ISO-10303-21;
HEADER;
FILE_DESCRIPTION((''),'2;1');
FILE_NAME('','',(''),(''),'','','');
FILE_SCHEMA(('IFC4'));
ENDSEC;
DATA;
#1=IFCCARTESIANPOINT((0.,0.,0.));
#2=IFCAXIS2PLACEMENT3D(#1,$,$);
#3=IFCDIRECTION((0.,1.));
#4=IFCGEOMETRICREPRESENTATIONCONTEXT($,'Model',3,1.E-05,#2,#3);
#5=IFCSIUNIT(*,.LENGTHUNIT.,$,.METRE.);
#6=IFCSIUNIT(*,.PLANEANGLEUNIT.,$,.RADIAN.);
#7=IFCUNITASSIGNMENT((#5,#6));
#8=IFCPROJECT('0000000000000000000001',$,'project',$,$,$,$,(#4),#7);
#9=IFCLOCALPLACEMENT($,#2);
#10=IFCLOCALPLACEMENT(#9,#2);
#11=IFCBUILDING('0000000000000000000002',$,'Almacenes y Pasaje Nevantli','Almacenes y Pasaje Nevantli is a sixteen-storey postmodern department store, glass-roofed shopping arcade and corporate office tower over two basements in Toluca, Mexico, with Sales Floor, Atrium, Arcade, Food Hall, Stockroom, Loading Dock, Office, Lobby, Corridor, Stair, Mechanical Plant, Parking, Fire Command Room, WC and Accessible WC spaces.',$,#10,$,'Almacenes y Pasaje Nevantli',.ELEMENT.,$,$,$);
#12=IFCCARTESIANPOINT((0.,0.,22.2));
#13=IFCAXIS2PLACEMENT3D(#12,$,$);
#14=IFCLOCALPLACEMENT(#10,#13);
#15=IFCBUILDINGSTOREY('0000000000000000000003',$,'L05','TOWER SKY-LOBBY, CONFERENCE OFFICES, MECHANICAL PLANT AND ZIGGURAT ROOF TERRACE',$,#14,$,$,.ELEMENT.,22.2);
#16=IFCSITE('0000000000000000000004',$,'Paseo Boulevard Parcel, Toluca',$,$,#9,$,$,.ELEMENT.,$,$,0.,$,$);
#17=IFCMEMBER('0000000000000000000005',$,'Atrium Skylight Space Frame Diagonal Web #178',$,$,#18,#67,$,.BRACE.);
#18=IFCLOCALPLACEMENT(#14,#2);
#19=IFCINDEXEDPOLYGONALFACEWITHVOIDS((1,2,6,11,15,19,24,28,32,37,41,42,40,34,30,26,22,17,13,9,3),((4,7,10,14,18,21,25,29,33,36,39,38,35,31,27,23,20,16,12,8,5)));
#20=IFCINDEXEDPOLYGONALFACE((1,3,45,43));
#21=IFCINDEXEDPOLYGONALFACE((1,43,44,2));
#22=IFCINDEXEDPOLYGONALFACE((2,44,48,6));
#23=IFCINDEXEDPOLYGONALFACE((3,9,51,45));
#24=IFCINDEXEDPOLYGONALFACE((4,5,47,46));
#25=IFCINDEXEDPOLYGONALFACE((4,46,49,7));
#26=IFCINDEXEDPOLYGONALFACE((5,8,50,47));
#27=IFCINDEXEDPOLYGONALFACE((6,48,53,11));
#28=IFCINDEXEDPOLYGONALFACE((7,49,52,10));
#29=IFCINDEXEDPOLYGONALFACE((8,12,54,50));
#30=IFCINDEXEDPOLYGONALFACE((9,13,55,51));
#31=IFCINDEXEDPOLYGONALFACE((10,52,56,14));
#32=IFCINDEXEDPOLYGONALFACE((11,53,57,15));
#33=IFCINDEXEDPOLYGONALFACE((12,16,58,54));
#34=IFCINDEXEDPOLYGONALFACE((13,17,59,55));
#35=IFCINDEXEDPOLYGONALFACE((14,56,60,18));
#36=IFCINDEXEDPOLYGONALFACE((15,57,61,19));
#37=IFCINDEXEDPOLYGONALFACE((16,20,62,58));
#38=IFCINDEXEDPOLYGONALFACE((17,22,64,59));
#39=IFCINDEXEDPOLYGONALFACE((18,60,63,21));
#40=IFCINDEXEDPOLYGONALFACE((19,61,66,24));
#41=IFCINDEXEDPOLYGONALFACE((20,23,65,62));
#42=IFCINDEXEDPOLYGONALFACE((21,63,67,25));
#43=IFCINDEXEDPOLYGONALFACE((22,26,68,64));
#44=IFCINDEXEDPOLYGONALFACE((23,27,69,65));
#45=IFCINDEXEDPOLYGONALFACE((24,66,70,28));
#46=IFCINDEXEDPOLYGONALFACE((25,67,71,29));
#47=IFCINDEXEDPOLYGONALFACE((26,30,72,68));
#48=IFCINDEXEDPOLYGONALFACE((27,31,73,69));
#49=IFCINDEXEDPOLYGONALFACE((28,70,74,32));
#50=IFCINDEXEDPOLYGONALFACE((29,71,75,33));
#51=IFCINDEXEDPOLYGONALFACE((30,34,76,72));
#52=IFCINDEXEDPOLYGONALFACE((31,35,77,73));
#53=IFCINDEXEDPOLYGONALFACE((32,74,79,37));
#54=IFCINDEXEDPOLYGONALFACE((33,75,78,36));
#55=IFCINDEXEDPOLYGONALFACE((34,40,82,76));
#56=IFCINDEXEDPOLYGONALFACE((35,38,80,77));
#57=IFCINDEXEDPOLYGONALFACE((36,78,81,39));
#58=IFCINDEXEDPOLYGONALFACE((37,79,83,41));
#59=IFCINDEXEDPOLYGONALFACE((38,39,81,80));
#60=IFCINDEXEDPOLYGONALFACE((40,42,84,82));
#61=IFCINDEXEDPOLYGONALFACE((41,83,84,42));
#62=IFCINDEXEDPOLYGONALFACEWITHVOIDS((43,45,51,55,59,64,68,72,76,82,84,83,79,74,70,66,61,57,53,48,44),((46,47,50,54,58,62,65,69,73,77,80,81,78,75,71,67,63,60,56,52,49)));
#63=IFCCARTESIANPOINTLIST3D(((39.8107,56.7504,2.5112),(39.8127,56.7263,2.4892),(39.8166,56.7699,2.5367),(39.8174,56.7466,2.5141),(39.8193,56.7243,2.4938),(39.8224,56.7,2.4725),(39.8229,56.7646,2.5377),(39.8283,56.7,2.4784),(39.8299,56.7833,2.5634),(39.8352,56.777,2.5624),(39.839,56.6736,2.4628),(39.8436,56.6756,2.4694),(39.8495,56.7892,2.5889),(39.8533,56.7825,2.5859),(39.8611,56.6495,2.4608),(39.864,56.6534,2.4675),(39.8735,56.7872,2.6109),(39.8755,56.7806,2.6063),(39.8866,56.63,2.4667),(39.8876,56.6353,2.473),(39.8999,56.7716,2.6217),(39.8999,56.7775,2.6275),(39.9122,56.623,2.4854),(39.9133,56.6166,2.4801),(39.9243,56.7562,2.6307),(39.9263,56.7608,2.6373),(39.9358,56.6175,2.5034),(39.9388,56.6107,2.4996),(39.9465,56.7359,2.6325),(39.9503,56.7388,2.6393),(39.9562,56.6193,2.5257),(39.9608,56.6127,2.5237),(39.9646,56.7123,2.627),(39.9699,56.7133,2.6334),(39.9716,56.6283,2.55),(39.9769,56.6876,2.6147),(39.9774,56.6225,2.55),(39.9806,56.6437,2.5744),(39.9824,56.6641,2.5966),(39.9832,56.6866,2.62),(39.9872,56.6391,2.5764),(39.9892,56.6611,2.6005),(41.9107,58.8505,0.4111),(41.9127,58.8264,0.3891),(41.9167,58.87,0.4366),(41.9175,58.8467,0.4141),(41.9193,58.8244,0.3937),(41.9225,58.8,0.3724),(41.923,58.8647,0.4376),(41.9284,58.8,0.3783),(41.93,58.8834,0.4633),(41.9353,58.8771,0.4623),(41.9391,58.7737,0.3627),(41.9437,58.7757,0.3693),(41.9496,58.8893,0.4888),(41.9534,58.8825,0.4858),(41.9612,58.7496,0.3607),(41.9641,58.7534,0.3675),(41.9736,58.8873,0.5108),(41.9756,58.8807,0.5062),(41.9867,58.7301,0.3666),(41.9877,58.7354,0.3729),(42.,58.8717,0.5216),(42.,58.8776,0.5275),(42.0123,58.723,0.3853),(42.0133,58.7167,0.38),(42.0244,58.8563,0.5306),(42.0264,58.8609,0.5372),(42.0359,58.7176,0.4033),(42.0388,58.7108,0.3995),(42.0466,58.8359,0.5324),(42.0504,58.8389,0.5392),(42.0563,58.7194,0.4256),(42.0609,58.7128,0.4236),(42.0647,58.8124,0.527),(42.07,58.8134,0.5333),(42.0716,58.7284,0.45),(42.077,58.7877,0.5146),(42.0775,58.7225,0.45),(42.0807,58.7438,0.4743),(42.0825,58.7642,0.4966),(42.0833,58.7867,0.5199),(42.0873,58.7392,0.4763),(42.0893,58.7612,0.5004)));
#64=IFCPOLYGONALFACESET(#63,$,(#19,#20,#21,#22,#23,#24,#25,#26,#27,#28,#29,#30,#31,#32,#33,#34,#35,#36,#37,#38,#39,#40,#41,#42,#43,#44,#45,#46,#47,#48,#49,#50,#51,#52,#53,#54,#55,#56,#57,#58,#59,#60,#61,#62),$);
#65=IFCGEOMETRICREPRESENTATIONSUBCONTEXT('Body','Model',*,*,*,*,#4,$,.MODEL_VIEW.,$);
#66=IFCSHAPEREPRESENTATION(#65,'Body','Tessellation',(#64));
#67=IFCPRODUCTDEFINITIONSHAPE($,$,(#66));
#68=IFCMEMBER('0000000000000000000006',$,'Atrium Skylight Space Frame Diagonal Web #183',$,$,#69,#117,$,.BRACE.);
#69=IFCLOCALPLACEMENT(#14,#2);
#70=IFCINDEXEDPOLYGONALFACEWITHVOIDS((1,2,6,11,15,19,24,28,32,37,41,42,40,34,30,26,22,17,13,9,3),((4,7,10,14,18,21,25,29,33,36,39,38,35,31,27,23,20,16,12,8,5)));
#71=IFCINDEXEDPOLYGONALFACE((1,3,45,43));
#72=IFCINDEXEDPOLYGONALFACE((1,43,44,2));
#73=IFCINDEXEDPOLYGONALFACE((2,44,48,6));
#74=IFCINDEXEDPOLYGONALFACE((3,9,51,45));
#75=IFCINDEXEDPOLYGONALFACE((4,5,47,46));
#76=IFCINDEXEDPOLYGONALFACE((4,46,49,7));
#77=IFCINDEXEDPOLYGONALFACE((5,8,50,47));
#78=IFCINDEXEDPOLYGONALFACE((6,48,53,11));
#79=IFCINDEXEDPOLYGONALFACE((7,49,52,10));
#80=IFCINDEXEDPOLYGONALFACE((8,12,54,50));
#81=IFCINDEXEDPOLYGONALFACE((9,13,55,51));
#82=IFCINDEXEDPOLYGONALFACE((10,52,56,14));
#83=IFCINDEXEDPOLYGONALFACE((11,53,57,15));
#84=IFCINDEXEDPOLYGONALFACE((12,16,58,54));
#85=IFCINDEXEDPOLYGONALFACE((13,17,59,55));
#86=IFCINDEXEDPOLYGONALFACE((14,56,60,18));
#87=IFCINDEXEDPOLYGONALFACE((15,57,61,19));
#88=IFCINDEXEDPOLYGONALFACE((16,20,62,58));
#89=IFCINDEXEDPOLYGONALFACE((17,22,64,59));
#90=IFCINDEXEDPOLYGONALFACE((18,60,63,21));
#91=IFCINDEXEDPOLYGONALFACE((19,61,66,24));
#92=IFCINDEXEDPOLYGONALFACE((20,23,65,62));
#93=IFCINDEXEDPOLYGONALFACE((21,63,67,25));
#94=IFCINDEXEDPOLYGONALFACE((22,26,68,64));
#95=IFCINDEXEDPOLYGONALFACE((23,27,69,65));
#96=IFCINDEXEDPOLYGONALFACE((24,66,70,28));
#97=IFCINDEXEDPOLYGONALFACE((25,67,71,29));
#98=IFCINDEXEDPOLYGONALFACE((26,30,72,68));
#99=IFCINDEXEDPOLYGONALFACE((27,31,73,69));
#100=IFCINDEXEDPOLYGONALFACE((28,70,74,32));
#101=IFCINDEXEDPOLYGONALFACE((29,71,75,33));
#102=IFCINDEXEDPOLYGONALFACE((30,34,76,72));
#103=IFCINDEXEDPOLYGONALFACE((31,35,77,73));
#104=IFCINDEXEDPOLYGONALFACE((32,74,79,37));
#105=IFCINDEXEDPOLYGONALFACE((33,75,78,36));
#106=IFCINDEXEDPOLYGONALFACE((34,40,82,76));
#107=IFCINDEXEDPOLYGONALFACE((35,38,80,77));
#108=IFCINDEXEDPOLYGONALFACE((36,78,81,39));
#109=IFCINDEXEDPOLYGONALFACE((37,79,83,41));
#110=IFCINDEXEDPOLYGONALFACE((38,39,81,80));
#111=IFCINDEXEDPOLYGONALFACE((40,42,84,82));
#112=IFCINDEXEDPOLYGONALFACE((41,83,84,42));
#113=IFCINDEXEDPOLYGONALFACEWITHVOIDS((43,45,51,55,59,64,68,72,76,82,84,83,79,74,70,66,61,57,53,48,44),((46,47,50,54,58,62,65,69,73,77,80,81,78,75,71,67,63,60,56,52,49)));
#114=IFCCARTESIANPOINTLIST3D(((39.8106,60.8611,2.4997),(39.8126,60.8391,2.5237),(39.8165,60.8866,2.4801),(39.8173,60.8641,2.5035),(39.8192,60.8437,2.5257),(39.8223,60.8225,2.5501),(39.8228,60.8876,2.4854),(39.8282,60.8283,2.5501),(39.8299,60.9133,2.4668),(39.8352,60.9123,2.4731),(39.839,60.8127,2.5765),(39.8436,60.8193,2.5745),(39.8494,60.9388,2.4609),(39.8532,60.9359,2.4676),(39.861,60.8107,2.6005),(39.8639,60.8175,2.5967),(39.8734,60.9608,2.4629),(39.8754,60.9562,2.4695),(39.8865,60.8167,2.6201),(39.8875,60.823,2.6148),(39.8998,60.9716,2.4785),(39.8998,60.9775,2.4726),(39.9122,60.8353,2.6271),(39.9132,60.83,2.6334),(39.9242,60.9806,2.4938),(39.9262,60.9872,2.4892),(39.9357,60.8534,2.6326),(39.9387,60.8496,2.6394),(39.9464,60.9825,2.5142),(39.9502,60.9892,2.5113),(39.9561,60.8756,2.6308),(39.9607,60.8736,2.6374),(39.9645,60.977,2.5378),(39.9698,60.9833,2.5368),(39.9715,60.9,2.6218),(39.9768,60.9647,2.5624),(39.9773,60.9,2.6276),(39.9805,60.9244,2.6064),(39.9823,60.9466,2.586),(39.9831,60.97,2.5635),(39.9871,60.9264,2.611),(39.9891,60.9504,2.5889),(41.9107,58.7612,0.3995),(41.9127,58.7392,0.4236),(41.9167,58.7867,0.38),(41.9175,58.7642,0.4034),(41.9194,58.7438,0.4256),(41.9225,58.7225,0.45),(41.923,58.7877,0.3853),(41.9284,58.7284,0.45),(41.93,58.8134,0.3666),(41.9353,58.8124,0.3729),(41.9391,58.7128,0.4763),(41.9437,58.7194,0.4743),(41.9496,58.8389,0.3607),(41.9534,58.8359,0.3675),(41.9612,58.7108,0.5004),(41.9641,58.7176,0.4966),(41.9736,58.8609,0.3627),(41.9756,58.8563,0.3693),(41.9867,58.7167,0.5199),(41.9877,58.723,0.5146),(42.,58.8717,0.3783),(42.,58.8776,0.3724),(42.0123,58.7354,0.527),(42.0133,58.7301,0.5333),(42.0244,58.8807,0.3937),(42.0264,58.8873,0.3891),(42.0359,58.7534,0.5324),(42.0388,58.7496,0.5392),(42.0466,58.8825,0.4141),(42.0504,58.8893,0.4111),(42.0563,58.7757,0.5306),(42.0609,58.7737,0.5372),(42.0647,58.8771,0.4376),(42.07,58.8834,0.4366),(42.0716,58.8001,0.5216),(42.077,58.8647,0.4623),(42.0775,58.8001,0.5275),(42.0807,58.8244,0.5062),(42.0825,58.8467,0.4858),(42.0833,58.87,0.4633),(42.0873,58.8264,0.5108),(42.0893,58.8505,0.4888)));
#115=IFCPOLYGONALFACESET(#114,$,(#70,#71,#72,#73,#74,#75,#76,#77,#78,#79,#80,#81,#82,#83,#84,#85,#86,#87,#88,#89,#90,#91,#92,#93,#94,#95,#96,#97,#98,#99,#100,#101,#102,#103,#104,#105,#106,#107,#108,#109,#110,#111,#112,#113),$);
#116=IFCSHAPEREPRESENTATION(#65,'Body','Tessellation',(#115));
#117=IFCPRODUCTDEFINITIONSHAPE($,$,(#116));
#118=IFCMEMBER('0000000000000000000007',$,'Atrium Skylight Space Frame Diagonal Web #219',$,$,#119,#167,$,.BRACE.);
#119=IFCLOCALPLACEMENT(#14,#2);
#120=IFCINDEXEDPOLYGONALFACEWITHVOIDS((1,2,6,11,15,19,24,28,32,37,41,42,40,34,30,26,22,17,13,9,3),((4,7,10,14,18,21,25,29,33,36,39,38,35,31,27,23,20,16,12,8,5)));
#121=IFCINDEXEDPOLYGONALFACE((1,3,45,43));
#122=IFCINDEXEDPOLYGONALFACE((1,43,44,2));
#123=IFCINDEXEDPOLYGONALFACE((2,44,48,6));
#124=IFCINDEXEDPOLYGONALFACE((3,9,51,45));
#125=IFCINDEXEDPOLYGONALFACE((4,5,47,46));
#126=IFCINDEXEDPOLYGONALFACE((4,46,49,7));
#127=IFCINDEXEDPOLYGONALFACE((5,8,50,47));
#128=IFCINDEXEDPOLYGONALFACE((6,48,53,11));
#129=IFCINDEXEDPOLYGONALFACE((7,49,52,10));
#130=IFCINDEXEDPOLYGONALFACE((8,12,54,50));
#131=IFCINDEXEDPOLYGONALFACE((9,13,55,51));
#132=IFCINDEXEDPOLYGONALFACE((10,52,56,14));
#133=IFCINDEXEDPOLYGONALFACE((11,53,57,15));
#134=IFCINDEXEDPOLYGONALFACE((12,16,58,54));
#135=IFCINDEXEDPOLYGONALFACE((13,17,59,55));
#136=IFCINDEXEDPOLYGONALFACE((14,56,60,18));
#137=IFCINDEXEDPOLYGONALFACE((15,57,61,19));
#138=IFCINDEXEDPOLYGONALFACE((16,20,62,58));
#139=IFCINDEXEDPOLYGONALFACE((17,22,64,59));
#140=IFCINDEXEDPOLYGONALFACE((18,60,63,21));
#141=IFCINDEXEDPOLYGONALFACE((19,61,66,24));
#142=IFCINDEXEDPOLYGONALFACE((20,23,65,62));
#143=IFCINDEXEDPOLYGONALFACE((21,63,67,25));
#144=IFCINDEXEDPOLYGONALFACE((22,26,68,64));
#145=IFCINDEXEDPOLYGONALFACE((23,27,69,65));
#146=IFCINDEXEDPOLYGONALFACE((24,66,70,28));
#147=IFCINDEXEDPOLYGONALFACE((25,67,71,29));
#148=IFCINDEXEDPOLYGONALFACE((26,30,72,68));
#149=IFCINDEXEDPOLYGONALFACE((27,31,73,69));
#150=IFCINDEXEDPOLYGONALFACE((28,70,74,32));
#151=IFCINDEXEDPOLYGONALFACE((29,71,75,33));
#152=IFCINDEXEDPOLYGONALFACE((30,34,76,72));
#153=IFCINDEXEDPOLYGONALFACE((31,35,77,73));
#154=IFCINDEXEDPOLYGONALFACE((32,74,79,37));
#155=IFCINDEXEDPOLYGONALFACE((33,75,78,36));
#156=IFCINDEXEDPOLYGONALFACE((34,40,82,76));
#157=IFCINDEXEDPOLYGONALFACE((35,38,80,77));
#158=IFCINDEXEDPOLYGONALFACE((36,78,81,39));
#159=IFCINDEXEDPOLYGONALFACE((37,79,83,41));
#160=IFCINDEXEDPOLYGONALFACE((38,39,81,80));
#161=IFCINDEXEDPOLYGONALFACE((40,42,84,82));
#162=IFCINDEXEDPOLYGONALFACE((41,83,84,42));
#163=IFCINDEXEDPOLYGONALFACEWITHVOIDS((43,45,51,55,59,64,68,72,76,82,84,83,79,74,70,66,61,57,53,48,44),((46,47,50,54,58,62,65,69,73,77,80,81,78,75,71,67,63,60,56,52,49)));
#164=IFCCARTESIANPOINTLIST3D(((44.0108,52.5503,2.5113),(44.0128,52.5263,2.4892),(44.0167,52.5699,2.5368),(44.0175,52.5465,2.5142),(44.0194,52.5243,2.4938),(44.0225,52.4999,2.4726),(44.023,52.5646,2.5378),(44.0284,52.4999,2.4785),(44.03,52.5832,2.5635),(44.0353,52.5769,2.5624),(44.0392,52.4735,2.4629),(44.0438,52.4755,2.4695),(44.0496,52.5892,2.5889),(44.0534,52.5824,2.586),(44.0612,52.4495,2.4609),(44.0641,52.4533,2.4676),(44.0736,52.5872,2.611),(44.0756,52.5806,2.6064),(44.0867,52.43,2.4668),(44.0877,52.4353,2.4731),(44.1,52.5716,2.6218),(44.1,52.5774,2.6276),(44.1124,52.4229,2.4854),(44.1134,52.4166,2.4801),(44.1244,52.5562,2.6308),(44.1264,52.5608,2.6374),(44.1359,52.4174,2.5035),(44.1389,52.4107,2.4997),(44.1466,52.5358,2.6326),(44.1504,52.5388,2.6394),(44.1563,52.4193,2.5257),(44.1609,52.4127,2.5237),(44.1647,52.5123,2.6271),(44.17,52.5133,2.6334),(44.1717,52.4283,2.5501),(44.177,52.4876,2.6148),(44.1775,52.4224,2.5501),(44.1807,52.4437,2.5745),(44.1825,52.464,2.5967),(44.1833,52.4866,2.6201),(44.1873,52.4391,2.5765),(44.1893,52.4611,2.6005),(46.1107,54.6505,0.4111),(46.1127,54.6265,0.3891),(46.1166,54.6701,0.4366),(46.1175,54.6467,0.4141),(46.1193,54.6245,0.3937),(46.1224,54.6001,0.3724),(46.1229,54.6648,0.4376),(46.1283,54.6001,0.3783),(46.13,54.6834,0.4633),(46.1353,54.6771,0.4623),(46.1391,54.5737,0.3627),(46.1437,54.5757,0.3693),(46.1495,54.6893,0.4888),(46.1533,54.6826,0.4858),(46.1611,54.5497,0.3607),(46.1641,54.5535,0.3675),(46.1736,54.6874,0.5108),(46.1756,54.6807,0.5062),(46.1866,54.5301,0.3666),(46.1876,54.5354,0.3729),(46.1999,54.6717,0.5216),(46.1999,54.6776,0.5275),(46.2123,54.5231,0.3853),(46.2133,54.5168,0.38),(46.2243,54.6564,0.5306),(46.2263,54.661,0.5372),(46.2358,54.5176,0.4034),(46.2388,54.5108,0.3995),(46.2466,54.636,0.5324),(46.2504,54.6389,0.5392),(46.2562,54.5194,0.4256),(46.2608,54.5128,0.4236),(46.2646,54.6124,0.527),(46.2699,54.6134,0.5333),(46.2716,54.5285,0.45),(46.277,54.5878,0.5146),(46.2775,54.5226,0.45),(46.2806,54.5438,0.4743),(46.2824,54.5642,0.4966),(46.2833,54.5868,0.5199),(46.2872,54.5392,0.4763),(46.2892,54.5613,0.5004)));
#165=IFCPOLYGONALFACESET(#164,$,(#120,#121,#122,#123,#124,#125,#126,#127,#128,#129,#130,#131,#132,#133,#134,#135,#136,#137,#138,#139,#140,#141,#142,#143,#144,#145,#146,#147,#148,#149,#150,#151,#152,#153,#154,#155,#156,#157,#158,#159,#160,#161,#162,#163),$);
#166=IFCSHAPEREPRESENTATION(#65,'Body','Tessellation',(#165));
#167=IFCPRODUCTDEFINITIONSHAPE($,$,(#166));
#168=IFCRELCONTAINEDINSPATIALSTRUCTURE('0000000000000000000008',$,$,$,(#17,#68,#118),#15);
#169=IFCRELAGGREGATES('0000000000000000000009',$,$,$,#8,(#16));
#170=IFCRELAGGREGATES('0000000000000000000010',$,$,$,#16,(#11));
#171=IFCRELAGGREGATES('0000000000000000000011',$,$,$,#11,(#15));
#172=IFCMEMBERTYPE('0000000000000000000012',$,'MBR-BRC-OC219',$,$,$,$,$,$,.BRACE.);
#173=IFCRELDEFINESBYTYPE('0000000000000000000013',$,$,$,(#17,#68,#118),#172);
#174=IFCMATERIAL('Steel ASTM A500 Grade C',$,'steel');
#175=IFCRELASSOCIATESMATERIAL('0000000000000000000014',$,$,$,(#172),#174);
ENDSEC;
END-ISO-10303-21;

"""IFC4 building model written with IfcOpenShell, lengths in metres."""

from ifc_helpers import new_model, si_unit, direction, frame, origin, origin_2d, place, context, subcontext, project, spatial, hollow_circle, extrude, material, material_profile, profile_set, type_object, element, save


model = new_model("IFC4")

# Units and contexts
model_context = context("Model", 3, precision=1e-05, world=origin(), true_north=direction((0.0, 1.0)))
body_context = subcontext(model_context, "Body", "Model", "MODEL_VIEW")
ifc_project = project(units=[si_unit("LENGTHUNIT", "METRE"), si_unit("PLANEANGLEUNIT", "RADIAN")], contexts=[model_context])

# Site, building, storey
site_placement = place(None, origin())
site = spatial("IfcSite", under=ifc_project, at=site_placement, Name="Paseo Boulevard Parcel, Toluca", CompositionType="ELEMENT", RefElevation=0.0)
building_placement = place(site_placement, origin())
building = spatial("IfcBuilding", under=site, at=building_placement, Name="Almacenes y Pasaje Nevantli", Description="Almacenes y Pasaje Nevantli is a sixteen-storey postmodern department store, glass-roofed shopping arcade and corporate office tower over two basements in Toluca, Mexico, with Sales Floor, Atrium, Arcade, Food Hall, Stockroom, Loading Dock, Office, Lobby, Corridor, Stair, Mechanical Plant, Parking, Fire Command Room, WC and Accessible WC spaces.", LongName="Almacenes y Pasaje Nevantli", CompositionType="ELEMENT")
storey_placement = place(building_placement, frame((0.0, 0.0, 22.2)))
storey = spatial("IfcBuildingStorey", under=building, at=storey_placement, Name="L05", Description="TOWER SKY-LOBBY, CONFERENCE OFFICES, MECHANICAL PLANT AND ZIGGURAT ROOF TERRACE", CompositionType="ELEMENT", Elevation=22.2)

# Members
ifc_material_1 = material(Name="Steel ASTM A500 Grade C", Category="steel")
ifc_material_profile_1 = material_profile(ifc_material_1, hollow_circle(Radius=0.1096, WallThickness=0.0083, at=origin_2d()), Name="OC 219x8.2")
ifc_profile_set_1 = profile_set([ifc_material_profile_1], Name="Steel ASTM A500 Grade C")
member_type_1 = type_object("IfcMemberType", Name="MBR-BRC-OC219", PredefinedType="BRACE", material=ifc_profile_set_1)
for number, where, z_axis, x_axis, name in (
    (1, (42.0, 58.8, 0.45), (-0.57735, -0.57735, 0.57735), (0.707107, -0.707107, 0.0), "Atrium Skylight Space Frame Diagonal Web #178"),
    (2, (42.0, 58.8, 0.45), (-0.577373, 0.577306, 0.577373), (-0.707066, -0.707148, 0.0), "Atrium Skylight Space Frame Diagonal Web #183"),
    (3, (46.2, 54.6001, 0.45), (-0.577306, -0.577373, 0.577373), (0.707148, -0.707066, 0.0), "Atrium Skylight Space Frame Diagonal Web #219"),
):
    element("IfcMember", number, at=place(storey_placement, frame(where, z_axis=z_axis, x_axis=x_axis)), inside=storey, type_object=member_type_1, Name=name, PredefinedType="BRACE", context=body_context, shape_type="SweptSolid", body=[
        extrude(hollow_circle(Radius=0.1096, WallThickness=0.0083, at=origin_2d()), origin(), (0.0, 0.0, 1.0), 3.6375),
    ])

save(model, "model.ifc")
